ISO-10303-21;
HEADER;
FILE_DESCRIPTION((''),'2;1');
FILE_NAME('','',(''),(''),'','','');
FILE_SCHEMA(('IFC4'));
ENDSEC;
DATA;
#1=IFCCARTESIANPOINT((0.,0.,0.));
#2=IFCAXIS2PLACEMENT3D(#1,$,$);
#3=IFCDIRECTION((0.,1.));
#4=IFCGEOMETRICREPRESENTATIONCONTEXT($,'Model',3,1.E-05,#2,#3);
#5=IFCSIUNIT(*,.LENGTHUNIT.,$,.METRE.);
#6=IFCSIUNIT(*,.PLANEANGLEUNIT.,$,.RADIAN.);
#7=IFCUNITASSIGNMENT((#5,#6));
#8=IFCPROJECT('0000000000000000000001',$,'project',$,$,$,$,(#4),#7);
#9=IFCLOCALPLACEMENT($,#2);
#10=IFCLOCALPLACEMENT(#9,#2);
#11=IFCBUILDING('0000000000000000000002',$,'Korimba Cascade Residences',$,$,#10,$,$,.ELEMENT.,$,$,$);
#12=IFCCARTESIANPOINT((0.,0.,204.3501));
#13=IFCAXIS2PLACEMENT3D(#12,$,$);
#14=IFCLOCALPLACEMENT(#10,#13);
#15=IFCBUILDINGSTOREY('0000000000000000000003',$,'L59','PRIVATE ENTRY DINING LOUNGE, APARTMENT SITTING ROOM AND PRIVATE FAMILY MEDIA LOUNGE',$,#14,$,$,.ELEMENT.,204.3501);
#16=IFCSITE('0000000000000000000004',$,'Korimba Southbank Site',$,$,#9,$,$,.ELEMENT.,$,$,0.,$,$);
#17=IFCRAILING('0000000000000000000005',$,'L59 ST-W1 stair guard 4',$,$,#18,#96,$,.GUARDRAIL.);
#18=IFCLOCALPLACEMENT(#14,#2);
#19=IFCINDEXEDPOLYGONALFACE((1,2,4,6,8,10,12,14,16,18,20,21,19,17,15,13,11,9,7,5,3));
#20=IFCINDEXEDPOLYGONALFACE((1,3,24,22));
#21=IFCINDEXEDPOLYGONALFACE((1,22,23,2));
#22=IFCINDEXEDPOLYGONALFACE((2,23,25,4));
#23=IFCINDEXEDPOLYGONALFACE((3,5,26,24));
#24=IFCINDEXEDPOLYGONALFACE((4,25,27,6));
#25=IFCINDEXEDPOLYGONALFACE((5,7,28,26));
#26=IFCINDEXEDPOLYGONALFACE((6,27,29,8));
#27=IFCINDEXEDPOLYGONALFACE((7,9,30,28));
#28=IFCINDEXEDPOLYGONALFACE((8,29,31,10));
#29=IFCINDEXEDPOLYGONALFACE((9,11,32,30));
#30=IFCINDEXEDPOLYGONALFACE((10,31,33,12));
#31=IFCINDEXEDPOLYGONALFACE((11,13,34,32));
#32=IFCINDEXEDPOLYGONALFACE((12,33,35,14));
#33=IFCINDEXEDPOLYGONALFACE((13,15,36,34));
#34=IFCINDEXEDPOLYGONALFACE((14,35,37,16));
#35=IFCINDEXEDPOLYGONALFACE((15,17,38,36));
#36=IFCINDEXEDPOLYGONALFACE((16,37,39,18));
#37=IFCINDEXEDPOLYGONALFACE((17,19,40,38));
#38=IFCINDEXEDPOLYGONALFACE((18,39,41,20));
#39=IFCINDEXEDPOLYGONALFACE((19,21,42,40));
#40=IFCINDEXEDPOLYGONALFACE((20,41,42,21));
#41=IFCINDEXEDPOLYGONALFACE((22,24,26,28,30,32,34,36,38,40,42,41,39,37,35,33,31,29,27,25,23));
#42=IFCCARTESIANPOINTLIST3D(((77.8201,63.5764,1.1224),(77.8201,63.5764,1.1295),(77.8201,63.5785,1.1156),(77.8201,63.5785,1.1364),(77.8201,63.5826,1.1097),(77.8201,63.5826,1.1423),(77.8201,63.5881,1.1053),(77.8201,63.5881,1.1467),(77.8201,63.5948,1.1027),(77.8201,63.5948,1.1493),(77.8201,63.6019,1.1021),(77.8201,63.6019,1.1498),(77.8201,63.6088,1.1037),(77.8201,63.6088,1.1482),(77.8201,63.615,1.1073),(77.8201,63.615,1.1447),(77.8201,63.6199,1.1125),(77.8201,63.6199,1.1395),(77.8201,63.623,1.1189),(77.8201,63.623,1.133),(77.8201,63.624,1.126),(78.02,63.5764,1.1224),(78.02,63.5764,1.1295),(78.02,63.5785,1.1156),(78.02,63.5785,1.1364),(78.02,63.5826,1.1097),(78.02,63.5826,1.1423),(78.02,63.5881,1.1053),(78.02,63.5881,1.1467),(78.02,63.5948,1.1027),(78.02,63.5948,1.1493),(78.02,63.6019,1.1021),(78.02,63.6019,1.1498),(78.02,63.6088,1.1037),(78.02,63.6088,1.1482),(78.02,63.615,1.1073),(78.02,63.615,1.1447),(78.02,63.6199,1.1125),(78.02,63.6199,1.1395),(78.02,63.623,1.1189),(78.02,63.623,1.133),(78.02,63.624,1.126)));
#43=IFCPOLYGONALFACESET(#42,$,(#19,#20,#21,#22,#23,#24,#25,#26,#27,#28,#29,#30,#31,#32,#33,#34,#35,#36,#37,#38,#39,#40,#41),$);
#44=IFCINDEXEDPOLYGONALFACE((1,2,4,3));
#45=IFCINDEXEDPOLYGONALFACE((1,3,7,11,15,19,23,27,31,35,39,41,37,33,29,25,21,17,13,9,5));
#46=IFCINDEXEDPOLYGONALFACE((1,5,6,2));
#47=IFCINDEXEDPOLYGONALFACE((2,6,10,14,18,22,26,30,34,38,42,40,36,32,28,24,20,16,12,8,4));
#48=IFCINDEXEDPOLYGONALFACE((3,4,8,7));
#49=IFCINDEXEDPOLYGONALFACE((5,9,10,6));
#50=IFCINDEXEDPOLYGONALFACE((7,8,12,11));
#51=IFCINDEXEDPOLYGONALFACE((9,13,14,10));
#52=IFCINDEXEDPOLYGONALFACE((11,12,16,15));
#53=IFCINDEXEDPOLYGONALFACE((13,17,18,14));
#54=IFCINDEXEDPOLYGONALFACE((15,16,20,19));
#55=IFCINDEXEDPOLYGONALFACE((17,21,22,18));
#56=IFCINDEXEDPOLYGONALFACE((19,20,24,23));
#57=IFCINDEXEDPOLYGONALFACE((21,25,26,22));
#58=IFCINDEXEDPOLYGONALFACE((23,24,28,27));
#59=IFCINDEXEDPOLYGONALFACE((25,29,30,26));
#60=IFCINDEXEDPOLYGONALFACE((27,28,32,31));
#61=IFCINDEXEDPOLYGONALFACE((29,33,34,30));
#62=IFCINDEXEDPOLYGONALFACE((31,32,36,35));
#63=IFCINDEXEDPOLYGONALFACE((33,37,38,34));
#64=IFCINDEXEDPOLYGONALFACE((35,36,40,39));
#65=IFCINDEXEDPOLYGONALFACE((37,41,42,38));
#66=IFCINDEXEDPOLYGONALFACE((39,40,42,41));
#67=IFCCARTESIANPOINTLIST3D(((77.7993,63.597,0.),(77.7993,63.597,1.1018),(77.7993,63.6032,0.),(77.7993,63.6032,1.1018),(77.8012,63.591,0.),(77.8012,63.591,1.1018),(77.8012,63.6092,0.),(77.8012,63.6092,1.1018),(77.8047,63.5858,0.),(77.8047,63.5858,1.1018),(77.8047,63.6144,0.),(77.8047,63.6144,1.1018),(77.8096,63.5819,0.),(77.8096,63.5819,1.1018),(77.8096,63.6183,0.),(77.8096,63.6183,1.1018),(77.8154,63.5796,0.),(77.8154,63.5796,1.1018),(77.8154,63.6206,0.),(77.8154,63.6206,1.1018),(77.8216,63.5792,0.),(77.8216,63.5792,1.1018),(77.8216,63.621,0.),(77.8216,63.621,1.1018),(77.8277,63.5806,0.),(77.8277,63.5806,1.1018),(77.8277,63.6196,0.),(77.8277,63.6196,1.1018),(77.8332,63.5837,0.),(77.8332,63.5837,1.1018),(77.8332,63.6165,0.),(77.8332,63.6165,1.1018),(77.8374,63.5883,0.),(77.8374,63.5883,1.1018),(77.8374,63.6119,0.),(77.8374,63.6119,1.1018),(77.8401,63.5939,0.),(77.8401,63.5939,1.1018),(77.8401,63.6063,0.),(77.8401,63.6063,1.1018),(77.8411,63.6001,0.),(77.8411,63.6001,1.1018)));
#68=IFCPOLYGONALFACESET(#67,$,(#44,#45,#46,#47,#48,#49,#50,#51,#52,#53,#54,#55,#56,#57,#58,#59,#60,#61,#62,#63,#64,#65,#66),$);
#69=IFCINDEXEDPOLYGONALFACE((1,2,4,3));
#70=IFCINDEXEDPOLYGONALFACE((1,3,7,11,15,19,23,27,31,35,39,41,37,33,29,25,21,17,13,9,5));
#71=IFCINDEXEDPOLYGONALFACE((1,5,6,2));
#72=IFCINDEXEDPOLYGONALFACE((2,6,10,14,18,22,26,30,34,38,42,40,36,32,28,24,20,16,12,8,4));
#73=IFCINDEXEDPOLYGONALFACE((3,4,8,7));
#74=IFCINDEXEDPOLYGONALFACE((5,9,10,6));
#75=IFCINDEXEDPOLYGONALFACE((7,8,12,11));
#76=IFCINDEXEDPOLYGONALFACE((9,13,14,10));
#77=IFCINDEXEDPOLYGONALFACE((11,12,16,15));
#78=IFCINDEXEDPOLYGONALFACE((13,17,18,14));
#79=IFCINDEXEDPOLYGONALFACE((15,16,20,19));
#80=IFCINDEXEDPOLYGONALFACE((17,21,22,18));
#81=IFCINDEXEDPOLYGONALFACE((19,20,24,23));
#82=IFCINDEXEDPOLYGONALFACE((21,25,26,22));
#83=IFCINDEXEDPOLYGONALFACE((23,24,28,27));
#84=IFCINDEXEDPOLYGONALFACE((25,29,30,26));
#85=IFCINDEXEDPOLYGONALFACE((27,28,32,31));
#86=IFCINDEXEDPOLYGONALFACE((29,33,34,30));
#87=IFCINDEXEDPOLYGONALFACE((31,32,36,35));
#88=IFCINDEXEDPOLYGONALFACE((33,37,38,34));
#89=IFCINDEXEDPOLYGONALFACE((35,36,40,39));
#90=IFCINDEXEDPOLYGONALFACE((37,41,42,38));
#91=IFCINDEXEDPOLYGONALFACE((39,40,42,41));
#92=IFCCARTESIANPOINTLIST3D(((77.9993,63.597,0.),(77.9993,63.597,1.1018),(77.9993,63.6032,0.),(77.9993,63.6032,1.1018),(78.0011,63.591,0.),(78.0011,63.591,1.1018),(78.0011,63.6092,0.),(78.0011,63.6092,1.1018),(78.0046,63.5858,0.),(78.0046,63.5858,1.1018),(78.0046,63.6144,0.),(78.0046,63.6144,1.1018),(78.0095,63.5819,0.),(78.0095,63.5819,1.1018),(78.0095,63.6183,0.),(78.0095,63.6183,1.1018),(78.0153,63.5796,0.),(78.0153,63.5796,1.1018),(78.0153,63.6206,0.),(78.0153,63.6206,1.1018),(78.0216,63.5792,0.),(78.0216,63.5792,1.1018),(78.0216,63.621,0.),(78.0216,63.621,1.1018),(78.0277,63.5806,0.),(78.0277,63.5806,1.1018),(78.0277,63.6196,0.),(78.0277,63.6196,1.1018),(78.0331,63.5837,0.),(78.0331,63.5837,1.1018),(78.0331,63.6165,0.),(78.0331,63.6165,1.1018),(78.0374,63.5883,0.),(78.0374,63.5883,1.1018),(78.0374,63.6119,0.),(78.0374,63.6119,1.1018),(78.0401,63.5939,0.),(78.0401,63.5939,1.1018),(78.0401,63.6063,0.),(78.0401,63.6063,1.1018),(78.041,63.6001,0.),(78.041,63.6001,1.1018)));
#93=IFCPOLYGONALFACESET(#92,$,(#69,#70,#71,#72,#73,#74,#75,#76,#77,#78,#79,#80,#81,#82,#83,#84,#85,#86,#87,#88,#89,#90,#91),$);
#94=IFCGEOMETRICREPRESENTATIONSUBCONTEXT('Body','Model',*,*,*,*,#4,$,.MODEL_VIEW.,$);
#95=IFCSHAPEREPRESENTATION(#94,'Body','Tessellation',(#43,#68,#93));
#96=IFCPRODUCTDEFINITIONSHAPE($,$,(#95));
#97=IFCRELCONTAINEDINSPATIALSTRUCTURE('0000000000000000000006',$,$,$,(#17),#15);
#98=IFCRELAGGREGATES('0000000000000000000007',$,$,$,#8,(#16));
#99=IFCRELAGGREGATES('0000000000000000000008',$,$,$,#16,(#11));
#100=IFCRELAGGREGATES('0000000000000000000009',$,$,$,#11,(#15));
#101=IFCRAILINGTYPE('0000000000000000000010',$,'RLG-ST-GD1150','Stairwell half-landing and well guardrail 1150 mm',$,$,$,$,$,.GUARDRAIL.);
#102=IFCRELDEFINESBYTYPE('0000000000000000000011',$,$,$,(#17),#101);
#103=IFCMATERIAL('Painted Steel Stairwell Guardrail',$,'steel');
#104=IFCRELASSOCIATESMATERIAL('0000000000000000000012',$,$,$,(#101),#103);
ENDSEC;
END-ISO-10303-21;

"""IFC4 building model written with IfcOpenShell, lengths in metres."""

from ifc_helpers import new_model, si_unit, direction, frame, origin, origin_2d, place, context, subcontext, project, spatial, circle, extrude, material, type_object, element, save


model = new_model("IFC4")

# Units and contexts
model_context = context("Model", 3, precision=1e-05, world=origin(), true_north=direction((0.0, 1.0)))
body_context = subcontext(model_context, "Body", "Model", "MODEL_VIEW")
ifc_project = project(units=[si_unit("LENGTHUNIT", "METRE"), si_unit("PLANEANGLEUNIT", "RADIAN")], contexts=[model_context])

# Site, building, storey
site_placement = place(None, origin())
site = spatial("IfcSite", under=ifc_project, at=site_placement, Name="Korimba Southbank Site", CompositionType="ELEMENT", RefElevation=0.0)
building_placement = place(site_placement, origin())
building = spatial("IfcBuilding", under=site, at=building_placement, Name="Korimba Cascade Residences", CompositionType="ELEMENT")
storey_placement = place(building_placement, frame((0.0, 0.0, 204.3501)))
storey = spatial("IfcBuildingStorey", under=building, at=storey_placement, Name="L59", Description="PRIVATE ENTRY DINING LOUNGE, APARTMENT SITTING ROOM AND PRIVATE FAMILY MEDIA LOUNGE", CompositionType="ELEMENT", Elevation=204.3501)

# Railing
ifc_material_1 = material(Name="Painted Steel Stairwell Guardrail", Category="steel")
railing_type = type_object("IfcRailingType", Name="RLG-ST-GD1150", Description="Stairwell half-landing and well guardrail 1150 mm", PredefinedType="GUARDRAIL", material=ifc_material_1)
railing_1_placement = place(storey_placement, frame((77.8201, 63.6001, 0.0)))
element("IfcRailing", 1, at=railing_1_placement, inside=storey, type_object=railing_type, Name="L59 ST-W1 stair guard 4", PredefinedType="GUARDRAIL", context=body_context, shape_type="SweptSolid", body=[
    extrude(circle(Radius=0.0239, at=origin_2d()), frame((0.0, 0.0, 1.126), z_axis=(1.0, 0.0, 0.0), x_axis=(0.0, 1.0, 0.0)), (0.0, 0.0, 1.0), 0.2),
    extrude(circle(Radius=0.021, at=origin_2d()), origin(), (0.0, 0.0, 1.0), 1.1018),
    extrude(circle(Radius=0.021, at=origin_2d()), frame((0.2, 0.0, 0.0)), (0.0, 0.0, 1.0), 1.1018),
])

save(model, "model.ifc")
